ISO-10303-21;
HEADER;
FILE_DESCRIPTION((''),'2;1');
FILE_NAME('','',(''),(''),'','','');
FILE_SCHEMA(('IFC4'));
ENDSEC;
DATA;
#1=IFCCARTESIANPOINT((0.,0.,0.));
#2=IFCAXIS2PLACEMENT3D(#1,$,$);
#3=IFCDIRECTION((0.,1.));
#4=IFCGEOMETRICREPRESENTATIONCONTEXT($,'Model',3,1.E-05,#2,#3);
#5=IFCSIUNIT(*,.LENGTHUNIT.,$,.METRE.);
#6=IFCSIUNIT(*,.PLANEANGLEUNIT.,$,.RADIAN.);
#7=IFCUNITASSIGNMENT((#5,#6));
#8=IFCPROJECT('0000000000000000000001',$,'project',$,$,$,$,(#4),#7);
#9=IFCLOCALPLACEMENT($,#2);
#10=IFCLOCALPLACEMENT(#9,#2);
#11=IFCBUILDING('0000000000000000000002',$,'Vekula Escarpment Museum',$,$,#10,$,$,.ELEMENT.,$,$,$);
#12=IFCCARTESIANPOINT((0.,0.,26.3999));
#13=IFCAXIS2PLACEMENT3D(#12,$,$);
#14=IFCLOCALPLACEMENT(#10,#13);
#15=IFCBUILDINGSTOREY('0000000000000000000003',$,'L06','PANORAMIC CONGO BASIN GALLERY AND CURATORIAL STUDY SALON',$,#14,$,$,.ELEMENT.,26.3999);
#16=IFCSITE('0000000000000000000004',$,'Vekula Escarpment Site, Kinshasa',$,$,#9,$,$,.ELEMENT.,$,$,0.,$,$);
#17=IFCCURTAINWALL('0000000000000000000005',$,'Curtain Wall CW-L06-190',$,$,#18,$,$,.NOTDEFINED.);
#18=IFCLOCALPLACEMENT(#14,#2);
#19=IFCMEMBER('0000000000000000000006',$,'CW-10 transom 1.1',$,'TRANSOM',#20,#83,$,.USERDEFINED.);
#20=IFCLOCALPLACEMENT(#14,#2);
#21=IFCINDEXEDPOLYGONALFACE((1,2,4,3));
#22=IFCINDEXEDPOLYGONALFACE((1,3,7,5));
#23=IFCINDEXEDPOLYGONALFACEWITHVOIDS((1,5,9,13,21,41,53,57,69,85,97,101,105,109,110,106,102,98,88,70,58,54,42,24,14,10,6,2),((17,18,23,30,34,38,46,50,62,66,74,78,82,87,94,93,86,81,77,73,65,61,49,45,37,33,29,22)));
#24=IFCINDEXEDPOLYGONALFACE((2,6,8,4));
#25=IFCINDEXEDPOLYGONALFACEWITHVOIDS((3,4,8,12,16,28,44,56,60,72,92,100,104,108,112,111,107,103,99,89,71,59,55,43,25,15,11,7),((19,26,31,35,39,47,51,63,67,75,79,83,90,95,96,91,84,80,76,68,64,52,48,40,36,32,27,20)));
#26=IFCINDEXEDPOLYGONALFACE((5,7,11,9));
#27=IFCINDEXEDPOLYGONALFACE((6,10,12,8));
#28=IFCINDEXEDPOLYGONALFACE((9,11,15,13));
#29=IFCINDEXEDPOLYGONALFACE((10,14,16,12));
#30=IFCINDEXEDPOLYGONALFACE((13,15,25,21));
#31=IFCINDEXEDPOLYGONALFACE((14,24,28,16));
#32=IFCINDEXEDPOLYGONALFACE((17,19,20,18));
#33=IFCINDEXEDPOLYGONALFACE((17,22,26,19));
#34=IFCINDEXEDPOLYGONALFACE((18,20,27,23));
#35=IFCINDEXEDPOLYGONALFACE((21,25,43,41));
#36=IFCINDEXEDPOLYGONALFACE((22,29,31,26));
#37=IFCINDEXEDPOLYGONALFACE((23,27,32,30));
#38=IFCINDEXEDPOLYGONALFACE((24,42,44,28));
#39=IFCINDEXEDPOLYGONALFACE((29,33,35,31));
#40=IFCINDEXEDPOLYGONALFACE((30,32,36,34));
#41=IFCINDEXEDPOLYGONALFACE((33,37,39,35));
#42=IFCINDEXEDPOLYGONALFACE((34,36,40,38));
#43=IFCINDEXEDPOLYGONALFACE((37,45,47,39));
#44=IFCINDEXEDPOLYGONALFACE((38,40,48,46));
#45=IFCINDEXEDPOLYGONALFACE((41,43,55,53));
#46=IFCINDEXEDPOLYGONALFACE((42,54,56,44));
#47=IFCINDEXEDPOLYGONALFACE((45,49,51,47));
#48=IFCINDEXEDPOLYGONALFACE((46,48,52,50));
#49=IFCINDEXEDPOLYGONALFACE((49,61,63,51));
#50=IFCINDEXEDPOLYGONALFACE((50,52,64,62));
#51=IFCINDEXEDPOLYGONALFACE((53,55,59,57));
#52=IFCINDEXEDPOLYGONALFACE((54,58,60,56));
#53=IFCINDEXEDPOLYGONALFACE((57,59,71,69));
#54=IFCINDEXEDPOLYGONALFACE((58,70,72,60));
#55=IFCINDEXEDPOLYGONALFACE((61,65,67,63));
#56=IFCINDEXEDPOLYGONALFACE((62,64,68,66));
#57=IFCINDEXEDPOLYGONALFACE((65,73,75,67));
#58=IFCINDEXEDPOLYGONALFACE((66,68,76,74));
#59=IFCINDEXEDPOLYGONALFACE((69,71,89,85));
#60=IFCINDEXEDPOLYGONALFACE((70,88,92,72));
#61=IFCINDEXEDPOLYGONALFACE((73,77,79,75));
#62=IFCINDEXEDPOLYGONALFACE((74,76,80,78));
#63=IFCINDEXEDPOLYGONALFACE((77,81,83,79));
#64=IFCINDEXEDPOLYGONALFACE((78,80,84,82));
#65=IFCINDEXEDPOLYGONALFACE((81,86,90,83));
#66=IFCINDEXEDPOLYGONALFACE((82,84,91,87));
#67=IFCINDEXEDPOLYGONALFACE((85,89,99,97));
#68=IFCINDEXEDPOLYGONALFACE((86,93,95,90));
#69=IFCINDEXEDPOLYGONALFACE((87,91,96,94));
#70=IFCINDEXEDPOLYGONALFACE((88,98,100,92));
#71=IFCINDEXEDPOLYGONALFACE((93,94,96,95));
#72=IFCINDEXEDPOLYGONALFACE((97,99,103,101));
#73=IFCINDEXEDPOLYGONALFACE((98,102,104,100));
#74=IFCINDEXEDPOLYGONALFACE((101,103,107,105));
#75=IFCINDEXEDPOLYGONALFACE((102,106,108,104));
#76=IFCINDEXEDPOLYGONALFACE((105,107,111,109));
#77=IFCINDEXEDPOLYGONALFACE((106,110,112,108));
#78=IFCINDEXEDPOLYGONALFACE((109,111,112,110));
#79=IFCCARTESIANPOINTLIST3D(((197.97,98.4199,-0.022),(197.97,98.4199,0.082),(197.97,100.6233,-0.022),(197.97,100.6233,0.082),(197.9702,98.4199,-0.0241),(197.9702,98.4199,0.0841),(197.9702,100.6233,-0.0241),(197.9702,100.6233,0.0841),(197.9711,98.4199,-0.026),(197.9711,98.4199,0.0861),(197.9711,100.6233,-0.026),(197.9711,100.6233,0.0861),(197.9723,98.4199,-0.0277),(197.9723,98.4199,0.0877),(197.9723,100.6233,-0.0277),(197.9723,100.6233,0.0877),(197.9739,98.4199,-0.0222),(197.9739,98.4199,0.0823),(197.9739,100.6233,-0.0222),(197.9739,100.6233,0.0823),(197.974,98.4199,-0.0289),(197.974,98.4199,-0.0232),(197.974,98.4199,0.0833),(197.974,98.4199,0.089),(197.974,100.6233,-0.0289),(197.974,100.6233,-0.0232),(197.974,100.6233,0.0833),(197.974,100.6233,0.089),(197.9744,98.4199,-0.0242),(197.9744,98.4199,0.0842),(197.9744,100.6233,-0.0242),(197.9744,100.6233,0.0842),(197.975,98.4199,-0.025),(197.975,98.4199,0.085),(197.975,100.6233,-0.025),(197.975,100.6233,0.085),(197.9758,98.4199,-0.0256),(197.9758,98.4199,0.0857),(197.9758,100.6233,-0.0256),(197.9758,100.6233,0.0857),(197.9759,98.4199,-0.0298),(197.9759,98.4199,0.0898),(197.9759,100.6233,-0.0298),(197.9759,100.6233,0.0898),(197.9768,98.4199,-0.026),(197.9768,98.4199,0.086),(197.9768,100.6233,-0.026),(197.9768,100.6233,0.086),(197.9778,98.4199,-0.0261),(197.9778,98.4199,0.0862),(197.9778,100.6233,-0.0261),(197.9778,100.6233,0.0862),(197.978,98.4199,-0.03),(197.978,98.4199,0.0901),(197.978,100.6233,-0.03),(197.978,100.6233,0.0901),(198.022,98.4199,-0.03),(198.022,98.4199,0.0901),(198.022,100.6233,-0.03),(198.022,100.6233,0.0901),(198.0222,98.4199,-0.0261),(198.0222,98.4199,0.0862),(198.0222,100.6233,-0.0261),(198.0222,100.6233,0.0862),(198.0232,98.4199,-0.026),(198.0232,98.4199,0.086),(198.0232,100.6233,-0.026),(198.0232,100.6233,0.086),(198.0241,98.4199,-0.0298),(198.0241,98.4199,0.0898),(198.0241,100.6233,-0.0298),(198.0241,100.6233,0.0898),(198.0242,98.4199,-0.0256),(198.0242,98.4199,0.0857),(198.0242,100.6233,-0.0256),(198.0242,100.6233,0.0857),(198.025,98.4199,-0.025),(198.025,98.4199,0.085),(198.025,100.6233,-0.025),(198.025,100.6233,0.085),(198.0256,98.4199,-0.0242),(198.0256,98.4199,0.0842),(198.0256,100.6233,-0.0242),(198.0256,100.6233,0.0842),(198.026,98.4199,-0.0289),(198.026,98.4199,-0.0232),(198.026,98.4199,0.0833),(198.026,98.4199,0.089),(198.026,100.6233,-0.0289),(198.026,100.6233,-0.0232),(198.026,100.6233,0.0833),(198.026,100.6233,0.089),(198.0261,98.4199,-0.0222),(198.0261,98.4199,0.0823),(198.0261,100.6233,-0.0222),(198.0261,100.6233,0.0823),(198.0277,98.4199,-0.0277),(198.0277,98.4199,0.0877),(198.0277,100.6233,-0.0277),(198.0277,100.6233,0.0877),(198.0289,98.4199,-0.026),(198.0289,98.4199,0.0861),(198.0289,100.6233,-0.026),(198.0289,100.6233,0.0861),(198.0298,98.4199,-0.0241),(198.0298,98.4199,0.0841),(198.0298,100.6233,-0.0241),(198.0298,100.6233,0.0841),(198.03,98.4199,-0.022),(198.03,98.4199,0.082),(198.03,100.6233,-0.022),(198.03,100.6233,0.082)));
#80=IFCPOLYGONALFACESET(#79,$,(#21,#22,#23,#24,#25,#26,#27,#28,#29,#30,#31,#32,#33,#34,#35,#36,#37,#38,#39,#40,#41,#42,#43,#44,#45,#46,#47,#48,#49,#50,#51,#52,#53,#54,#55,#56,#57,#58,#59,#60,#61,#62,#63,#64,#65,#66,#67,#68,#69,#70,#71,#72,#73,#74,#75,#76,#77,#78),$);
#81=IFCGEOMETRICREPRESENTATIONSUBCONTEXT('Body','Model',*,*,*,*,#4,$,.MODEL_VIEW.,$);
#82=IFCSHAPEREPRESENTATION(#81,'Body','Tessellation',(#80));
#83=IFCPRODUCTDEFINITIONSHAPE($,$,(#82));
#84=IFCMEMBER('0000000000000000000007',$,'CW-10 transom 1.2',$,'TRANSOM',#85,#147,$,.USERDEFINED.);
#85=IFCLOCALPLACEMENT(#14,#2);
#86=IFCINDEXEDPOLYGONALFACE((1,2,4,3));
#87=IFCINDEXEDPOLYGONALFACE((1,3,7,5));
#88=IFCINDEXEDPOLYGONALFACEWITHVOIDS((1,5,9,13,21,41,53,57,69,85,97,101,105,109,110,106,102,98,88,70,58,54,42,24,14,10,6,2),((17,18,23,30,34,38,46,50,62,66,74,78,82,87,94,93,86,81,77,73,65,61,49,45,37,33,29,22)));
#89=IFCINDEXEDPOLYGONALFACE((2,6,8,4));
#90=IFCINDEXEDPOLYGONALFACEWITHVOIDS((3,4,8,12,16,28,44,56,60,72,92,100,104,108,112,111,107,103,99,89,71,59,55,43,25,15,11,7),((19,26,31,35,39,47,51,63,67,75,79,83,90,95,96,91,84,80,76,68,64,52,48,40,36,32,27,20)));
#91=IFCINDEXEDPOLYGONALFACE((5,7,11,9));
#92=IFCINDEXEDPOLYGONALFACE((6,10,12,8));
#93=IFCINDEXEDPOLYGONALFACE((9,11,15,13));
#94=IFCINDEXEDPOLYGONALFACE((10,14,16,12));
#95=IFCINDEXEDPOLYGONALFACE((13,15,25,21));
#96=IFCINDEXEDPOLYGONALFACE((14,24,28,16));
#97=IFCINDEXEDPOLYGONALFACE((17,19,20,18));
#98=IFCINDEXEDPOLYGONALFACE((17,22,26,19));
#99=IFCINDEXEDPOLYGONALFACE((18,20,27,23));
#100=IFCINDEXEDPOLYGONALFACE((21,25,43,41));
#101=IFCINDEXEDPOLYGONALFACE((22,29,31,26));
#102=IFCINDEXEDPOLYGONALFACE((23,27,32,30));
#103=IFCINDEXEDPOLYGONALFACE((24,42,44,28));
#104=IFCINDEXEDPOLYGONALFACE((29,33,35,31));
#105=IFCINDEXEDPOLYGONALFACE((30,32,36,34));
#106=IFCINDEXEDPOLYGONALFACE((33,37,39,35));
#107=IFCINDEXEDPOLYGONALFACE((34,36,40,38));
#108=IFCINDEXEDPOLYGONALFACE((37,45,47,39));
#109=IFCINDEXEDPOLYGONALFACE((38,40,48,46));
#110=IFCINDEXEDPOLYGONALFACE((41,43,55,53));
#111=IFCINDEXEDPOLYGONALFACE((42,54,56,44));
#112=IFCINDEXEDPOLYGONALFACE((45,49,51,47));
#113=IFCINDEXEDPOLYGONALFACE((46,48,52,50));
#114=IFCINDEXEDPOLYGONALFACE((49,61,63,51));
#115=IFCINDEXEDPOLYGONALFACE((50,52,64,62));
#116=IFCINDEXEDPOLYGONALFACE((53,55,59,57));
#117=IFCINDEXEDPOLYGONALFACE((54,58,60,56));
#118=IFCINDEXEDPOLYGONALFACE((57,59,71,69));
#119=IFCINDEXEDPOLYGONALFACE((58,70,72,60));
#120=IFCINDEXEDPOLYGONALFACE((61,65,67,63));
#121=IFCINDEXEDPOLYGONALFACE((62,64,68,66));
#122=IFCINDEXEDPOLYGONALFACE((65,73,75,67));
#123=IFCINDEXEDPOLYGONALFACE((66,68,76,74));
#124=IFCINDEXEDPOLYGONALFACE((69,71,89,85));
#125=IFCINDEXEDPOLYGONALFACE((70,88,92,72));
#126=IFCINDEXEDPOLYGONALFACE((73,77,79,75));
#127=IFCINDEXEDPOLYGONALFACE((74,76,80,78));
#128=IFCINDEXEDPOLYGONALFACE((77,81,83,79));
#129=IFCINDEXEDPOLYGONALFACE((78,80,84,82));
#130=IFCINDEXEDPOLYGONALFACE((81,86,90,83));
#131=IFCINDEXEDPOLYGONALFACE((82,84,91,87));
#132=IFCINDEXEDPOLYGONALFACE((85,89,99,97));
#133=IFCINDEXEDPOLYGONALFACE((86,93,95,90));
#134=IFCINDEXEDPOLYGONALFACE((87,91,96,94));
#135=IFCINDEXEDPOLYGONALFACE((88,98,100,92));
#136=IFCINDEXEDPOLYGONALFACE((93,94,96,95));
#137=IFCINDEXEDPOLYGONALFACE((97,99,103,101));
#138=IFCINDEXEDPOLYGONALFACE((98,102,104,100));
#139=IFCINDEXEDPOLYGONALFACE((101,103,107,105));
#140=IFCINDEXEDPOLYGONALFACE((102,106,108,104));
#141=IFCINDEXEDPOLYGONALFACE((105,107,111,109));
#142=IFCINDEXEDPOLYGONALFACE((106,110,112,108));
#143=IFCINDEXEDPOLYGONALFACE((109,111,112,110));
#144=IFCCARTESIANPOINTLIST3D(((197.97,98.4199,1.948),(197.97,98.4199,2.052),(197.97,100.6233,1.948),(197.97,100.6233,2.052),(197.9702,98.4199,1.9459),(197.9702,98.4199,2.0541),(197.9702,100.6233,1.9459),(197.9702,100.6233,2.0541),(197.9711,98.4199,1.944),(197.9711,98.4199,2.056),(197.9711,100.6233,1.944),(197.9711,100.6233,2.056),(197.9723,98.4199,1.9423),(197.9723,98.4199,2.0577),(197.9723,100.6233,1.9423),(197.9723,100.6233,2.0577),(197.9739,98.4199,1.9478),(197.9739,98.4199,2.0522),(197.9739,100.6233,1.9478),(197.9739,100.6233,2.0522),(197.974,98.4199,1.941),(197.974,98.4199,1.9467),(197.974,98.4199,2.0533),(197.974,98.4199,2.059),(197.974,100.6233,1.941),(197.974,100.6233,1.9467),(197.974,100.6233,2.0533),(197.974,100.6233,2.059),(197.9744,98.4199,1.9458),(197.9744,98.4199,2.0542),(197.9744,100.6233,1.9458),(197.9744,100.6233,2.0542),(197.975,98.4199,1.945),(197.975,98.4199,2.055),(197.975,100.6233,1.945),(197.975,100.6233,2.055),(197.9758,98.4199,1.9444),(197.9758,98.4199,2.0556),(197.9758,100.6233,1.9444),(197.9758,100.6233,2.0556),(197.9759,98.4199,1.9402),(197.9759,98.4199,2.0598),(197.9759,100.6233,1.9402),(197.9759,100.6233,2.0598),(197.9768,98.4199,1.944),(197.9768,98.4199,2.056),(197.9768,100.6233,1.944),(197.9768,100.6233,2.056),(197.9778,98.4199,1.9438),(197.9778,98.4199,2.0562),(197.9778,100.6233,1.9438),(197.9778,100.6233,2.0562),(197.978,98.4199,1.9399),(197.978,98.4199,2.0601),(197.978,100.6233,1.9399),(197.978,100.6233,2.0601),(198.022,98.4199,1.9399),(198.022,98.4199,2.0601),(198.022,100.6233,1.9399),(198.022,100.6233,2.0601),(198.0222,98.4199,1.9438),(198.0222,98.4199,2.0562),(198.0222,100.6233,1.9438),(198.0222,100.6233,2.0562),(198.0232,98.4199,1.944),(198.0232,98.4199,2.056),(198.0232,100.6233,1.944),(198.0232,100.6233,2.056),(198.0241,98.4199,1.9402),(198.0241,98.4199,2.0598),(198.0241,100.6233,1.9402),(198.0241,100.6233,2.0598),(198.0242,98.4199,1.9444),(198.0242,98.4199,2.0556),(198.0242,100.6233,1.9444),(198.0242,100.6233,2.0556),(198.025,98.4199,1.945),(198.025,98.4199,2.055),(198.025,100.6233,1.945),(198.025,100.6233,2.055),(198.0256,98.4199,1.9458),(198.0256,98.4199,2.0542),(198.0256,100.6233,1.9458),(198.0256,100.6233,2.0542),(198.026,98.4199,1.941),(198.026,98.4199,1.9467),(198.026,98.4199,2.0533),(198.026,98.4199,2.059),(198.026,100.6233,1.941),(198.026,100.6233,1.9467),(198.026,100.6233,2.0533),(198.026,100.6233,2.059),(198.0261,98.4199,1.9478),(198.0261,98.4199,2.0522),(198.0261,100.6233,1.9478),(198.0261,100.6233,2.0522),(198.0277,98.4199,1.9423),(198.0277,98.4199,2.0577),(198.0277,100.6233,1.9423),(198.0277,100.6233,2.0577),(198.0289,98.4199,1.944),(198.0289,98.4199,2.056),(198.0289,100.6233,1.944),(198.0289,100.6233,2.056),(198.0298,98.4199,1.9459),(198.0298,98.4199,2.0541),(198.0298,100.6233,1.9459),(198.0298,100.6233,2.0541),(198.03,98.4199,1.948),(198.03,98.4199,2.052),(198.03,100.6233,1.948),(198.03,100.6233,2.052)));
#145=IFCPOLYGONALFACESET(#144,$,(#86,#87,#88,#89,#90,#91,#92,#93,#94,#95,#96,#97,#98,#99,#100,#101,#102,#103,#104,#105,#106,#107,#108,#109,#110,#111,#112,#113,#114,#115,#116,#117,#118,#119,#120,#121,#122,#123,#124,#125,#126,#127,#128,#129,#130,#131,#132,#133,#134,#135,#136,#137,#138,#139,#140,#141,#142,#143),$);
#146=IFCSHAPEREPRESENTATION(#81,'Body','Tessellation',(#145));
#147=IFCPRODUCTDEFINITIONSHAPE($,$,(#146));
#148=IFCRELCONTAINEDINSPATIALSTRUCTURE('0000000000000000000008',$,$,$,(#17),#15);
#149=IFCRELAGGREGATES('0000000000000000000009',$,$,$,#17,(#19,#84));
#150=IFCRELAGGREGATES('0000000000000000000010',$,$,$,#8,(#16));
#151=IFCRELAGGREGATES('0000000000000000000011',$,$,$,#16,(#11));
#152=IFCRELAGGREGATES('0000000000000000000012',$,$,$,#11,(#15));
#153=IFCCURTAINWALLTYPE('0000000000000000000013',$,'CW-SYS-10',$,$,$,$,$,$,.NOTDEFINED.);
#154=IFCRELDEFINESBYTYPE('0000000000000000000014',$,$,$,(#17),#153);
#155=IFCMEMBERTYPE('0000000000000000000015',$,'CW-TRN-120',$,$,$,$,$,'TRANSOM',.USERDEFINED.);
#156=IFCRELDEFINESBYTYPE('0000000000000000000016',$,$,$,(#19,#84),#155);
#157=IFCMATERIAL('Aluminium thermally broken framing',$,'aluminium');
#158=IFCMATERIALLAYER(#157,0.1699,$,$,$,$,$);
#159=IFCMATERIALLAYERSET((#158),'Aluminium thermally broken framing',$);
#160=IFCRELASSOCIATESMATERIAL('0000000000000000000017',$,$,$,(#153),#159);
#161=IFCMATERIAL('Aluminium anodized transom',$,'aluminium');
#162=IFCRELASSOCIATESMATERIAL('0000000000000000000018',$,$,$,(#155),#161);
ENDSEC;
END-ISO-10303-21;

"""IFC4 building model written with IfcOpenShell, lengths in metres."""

from ifc_helpers import new_model, si_unit, direction, frame, origin, origin_2d, place, context, subcontext, project, spatial, hollow_rectangle, extrude, material, layer, layer_set, material_profile, profile_set, type_object, element, aggregate, save


model = new_model("IFC4")

# Units and contexts
model_context = context("Model", 3, precision=1e-05, world=origin(), true_north=direction((0.0, 1.0)))
body_context = subcontext(model_context, "Body", "Model", "MODEL_VIEW")
ifc_project = project(units=[si_unit("LENGTHUNIT", "METRE"), si_unit("PLANEANGLEUNIT", "RADIAN")], contexts=[model_context])

# Site, building, storey
site_placement = place(None, origin())
site = spatial("IfcSite", under=ifc_project, at=site_placement, Name="Vekula Escarpment Site, Kinshasa", CompositionType="ELEMENT", RefElevation=0.0)
building_placement = place(site_placement, origin())
building = spatial("IfcBuilding", under=site, at=building_placement, Name="Vekula Escarpment Museum", CompositionType="ELEMENT")
storey_placement = place(building_placement, frame((0.0, 0.0, 26.3999)))
storey = spatial("IfcBuildingStorey", under=building, at=storey_placement, Name="L06", Description="PANORAMIC CONGO BASIN GALLERY AND CURATORIAL STUDY SALON", CompositionType="ELEMENT", Elevation=26.3999)

# Curtain wall, members
ifc_material_1 = material(Name="Aluminium thermally broken framing", Category="aluminium")
ifc_layer_1 = layer(ifc_material_1, 0.1699)
ifc_layer_set_1 = layer_set([ifc_layer_1], Name="Aluminium thermally broken framing")
curtain_wall_type = type_object("IfcCurtainWallType", Name="CW-SYS-10", PredefinedType="NOTDEFINED", material=ifc_layer_set_1)
curtain_wall_placement = place(storey_placement, origin())
curtain_wall = element("IfcCurtainWall", 1, at=curtain_wall_placement, inside=storey, type_object=curtain_wall_type, Name="Curtain Wall CW-L06-190", PredefinedType="NOTDEFINED")
ifc_material_2 = material(Name="Aluminium anodized transom", Category="aluminium")
ifc_material_profile_1 = material_profile(ifc_material_2, hollow_rectangle(XDim=0.0601, YDim=0.1201, WallThickness=0.0039, InnerFilletRadius=0.0039, OuterFilletRadius=0.0081, at=origin_2d()), Name="ALU 120x60x4")
ifc_profile_set_1 = profile_set([ifc_material_profile_1], Name="Aluminium anodized transom")
member_type_1 = type_object("IfcMemberType", Name="CW-TRN-120", ElementType="TRANSOM", PredefinedType="USERDEFINED", material=ifc_profile_set_1)
member_1_placement = place(storey_placement, frame((198.0, 98.4199, 0.03), z_axis=(0.0, 1.0, 0.0), x_axis=(-1.0, 0.0, 0.0)))
member_1 = element("IfcMember", 2, at=member_1_placement, type_object=member_type_1, Name="CW-10 transom 1.1", ObjectType="TRANSOM", PredefinedType="USERDEFINED", context=body_context, shape_type="SweptSolid", body=[
    extrude(hollow_rectangle(XDim=0.0601, YDim=0.1201, WallThickness=0.0039, InnerFilletRadius=0.0039, OuterFilletRadius=0.0081, at=origin_2d()), origin(), (0.0, 0.0, 1.0), 2.2034),
])
member_2_placement = place(storey_placement, frame((198.0, 98.4199, 2.0), z_axis=(0.0, 1.0, 0.0), x_axis=(-1.0, 0.0, 0.0)))
member_2 = element("IfcMember", 3, at=member_2_placement, type_object=member_type_1, Name="CW-10 transom 1.2", ObjectType="TRANSOM", PredefinedType="USERDEFINED", context=body_context, shape_type="SweptSolid", body=[
    extrude(hollow_rectangle(XDim=0.0601, YDim=0.1201, WallThickness=0.0039, InnerFilletRadius=0.0039, OuterFilletRadius=0.0081, at=origin_2d()), origin(), (0.0, 0.0, 1.0), 2.2034),
])

aggregate(curtain_wall, [member_1, member_2])

save(model, "model.ifc")
